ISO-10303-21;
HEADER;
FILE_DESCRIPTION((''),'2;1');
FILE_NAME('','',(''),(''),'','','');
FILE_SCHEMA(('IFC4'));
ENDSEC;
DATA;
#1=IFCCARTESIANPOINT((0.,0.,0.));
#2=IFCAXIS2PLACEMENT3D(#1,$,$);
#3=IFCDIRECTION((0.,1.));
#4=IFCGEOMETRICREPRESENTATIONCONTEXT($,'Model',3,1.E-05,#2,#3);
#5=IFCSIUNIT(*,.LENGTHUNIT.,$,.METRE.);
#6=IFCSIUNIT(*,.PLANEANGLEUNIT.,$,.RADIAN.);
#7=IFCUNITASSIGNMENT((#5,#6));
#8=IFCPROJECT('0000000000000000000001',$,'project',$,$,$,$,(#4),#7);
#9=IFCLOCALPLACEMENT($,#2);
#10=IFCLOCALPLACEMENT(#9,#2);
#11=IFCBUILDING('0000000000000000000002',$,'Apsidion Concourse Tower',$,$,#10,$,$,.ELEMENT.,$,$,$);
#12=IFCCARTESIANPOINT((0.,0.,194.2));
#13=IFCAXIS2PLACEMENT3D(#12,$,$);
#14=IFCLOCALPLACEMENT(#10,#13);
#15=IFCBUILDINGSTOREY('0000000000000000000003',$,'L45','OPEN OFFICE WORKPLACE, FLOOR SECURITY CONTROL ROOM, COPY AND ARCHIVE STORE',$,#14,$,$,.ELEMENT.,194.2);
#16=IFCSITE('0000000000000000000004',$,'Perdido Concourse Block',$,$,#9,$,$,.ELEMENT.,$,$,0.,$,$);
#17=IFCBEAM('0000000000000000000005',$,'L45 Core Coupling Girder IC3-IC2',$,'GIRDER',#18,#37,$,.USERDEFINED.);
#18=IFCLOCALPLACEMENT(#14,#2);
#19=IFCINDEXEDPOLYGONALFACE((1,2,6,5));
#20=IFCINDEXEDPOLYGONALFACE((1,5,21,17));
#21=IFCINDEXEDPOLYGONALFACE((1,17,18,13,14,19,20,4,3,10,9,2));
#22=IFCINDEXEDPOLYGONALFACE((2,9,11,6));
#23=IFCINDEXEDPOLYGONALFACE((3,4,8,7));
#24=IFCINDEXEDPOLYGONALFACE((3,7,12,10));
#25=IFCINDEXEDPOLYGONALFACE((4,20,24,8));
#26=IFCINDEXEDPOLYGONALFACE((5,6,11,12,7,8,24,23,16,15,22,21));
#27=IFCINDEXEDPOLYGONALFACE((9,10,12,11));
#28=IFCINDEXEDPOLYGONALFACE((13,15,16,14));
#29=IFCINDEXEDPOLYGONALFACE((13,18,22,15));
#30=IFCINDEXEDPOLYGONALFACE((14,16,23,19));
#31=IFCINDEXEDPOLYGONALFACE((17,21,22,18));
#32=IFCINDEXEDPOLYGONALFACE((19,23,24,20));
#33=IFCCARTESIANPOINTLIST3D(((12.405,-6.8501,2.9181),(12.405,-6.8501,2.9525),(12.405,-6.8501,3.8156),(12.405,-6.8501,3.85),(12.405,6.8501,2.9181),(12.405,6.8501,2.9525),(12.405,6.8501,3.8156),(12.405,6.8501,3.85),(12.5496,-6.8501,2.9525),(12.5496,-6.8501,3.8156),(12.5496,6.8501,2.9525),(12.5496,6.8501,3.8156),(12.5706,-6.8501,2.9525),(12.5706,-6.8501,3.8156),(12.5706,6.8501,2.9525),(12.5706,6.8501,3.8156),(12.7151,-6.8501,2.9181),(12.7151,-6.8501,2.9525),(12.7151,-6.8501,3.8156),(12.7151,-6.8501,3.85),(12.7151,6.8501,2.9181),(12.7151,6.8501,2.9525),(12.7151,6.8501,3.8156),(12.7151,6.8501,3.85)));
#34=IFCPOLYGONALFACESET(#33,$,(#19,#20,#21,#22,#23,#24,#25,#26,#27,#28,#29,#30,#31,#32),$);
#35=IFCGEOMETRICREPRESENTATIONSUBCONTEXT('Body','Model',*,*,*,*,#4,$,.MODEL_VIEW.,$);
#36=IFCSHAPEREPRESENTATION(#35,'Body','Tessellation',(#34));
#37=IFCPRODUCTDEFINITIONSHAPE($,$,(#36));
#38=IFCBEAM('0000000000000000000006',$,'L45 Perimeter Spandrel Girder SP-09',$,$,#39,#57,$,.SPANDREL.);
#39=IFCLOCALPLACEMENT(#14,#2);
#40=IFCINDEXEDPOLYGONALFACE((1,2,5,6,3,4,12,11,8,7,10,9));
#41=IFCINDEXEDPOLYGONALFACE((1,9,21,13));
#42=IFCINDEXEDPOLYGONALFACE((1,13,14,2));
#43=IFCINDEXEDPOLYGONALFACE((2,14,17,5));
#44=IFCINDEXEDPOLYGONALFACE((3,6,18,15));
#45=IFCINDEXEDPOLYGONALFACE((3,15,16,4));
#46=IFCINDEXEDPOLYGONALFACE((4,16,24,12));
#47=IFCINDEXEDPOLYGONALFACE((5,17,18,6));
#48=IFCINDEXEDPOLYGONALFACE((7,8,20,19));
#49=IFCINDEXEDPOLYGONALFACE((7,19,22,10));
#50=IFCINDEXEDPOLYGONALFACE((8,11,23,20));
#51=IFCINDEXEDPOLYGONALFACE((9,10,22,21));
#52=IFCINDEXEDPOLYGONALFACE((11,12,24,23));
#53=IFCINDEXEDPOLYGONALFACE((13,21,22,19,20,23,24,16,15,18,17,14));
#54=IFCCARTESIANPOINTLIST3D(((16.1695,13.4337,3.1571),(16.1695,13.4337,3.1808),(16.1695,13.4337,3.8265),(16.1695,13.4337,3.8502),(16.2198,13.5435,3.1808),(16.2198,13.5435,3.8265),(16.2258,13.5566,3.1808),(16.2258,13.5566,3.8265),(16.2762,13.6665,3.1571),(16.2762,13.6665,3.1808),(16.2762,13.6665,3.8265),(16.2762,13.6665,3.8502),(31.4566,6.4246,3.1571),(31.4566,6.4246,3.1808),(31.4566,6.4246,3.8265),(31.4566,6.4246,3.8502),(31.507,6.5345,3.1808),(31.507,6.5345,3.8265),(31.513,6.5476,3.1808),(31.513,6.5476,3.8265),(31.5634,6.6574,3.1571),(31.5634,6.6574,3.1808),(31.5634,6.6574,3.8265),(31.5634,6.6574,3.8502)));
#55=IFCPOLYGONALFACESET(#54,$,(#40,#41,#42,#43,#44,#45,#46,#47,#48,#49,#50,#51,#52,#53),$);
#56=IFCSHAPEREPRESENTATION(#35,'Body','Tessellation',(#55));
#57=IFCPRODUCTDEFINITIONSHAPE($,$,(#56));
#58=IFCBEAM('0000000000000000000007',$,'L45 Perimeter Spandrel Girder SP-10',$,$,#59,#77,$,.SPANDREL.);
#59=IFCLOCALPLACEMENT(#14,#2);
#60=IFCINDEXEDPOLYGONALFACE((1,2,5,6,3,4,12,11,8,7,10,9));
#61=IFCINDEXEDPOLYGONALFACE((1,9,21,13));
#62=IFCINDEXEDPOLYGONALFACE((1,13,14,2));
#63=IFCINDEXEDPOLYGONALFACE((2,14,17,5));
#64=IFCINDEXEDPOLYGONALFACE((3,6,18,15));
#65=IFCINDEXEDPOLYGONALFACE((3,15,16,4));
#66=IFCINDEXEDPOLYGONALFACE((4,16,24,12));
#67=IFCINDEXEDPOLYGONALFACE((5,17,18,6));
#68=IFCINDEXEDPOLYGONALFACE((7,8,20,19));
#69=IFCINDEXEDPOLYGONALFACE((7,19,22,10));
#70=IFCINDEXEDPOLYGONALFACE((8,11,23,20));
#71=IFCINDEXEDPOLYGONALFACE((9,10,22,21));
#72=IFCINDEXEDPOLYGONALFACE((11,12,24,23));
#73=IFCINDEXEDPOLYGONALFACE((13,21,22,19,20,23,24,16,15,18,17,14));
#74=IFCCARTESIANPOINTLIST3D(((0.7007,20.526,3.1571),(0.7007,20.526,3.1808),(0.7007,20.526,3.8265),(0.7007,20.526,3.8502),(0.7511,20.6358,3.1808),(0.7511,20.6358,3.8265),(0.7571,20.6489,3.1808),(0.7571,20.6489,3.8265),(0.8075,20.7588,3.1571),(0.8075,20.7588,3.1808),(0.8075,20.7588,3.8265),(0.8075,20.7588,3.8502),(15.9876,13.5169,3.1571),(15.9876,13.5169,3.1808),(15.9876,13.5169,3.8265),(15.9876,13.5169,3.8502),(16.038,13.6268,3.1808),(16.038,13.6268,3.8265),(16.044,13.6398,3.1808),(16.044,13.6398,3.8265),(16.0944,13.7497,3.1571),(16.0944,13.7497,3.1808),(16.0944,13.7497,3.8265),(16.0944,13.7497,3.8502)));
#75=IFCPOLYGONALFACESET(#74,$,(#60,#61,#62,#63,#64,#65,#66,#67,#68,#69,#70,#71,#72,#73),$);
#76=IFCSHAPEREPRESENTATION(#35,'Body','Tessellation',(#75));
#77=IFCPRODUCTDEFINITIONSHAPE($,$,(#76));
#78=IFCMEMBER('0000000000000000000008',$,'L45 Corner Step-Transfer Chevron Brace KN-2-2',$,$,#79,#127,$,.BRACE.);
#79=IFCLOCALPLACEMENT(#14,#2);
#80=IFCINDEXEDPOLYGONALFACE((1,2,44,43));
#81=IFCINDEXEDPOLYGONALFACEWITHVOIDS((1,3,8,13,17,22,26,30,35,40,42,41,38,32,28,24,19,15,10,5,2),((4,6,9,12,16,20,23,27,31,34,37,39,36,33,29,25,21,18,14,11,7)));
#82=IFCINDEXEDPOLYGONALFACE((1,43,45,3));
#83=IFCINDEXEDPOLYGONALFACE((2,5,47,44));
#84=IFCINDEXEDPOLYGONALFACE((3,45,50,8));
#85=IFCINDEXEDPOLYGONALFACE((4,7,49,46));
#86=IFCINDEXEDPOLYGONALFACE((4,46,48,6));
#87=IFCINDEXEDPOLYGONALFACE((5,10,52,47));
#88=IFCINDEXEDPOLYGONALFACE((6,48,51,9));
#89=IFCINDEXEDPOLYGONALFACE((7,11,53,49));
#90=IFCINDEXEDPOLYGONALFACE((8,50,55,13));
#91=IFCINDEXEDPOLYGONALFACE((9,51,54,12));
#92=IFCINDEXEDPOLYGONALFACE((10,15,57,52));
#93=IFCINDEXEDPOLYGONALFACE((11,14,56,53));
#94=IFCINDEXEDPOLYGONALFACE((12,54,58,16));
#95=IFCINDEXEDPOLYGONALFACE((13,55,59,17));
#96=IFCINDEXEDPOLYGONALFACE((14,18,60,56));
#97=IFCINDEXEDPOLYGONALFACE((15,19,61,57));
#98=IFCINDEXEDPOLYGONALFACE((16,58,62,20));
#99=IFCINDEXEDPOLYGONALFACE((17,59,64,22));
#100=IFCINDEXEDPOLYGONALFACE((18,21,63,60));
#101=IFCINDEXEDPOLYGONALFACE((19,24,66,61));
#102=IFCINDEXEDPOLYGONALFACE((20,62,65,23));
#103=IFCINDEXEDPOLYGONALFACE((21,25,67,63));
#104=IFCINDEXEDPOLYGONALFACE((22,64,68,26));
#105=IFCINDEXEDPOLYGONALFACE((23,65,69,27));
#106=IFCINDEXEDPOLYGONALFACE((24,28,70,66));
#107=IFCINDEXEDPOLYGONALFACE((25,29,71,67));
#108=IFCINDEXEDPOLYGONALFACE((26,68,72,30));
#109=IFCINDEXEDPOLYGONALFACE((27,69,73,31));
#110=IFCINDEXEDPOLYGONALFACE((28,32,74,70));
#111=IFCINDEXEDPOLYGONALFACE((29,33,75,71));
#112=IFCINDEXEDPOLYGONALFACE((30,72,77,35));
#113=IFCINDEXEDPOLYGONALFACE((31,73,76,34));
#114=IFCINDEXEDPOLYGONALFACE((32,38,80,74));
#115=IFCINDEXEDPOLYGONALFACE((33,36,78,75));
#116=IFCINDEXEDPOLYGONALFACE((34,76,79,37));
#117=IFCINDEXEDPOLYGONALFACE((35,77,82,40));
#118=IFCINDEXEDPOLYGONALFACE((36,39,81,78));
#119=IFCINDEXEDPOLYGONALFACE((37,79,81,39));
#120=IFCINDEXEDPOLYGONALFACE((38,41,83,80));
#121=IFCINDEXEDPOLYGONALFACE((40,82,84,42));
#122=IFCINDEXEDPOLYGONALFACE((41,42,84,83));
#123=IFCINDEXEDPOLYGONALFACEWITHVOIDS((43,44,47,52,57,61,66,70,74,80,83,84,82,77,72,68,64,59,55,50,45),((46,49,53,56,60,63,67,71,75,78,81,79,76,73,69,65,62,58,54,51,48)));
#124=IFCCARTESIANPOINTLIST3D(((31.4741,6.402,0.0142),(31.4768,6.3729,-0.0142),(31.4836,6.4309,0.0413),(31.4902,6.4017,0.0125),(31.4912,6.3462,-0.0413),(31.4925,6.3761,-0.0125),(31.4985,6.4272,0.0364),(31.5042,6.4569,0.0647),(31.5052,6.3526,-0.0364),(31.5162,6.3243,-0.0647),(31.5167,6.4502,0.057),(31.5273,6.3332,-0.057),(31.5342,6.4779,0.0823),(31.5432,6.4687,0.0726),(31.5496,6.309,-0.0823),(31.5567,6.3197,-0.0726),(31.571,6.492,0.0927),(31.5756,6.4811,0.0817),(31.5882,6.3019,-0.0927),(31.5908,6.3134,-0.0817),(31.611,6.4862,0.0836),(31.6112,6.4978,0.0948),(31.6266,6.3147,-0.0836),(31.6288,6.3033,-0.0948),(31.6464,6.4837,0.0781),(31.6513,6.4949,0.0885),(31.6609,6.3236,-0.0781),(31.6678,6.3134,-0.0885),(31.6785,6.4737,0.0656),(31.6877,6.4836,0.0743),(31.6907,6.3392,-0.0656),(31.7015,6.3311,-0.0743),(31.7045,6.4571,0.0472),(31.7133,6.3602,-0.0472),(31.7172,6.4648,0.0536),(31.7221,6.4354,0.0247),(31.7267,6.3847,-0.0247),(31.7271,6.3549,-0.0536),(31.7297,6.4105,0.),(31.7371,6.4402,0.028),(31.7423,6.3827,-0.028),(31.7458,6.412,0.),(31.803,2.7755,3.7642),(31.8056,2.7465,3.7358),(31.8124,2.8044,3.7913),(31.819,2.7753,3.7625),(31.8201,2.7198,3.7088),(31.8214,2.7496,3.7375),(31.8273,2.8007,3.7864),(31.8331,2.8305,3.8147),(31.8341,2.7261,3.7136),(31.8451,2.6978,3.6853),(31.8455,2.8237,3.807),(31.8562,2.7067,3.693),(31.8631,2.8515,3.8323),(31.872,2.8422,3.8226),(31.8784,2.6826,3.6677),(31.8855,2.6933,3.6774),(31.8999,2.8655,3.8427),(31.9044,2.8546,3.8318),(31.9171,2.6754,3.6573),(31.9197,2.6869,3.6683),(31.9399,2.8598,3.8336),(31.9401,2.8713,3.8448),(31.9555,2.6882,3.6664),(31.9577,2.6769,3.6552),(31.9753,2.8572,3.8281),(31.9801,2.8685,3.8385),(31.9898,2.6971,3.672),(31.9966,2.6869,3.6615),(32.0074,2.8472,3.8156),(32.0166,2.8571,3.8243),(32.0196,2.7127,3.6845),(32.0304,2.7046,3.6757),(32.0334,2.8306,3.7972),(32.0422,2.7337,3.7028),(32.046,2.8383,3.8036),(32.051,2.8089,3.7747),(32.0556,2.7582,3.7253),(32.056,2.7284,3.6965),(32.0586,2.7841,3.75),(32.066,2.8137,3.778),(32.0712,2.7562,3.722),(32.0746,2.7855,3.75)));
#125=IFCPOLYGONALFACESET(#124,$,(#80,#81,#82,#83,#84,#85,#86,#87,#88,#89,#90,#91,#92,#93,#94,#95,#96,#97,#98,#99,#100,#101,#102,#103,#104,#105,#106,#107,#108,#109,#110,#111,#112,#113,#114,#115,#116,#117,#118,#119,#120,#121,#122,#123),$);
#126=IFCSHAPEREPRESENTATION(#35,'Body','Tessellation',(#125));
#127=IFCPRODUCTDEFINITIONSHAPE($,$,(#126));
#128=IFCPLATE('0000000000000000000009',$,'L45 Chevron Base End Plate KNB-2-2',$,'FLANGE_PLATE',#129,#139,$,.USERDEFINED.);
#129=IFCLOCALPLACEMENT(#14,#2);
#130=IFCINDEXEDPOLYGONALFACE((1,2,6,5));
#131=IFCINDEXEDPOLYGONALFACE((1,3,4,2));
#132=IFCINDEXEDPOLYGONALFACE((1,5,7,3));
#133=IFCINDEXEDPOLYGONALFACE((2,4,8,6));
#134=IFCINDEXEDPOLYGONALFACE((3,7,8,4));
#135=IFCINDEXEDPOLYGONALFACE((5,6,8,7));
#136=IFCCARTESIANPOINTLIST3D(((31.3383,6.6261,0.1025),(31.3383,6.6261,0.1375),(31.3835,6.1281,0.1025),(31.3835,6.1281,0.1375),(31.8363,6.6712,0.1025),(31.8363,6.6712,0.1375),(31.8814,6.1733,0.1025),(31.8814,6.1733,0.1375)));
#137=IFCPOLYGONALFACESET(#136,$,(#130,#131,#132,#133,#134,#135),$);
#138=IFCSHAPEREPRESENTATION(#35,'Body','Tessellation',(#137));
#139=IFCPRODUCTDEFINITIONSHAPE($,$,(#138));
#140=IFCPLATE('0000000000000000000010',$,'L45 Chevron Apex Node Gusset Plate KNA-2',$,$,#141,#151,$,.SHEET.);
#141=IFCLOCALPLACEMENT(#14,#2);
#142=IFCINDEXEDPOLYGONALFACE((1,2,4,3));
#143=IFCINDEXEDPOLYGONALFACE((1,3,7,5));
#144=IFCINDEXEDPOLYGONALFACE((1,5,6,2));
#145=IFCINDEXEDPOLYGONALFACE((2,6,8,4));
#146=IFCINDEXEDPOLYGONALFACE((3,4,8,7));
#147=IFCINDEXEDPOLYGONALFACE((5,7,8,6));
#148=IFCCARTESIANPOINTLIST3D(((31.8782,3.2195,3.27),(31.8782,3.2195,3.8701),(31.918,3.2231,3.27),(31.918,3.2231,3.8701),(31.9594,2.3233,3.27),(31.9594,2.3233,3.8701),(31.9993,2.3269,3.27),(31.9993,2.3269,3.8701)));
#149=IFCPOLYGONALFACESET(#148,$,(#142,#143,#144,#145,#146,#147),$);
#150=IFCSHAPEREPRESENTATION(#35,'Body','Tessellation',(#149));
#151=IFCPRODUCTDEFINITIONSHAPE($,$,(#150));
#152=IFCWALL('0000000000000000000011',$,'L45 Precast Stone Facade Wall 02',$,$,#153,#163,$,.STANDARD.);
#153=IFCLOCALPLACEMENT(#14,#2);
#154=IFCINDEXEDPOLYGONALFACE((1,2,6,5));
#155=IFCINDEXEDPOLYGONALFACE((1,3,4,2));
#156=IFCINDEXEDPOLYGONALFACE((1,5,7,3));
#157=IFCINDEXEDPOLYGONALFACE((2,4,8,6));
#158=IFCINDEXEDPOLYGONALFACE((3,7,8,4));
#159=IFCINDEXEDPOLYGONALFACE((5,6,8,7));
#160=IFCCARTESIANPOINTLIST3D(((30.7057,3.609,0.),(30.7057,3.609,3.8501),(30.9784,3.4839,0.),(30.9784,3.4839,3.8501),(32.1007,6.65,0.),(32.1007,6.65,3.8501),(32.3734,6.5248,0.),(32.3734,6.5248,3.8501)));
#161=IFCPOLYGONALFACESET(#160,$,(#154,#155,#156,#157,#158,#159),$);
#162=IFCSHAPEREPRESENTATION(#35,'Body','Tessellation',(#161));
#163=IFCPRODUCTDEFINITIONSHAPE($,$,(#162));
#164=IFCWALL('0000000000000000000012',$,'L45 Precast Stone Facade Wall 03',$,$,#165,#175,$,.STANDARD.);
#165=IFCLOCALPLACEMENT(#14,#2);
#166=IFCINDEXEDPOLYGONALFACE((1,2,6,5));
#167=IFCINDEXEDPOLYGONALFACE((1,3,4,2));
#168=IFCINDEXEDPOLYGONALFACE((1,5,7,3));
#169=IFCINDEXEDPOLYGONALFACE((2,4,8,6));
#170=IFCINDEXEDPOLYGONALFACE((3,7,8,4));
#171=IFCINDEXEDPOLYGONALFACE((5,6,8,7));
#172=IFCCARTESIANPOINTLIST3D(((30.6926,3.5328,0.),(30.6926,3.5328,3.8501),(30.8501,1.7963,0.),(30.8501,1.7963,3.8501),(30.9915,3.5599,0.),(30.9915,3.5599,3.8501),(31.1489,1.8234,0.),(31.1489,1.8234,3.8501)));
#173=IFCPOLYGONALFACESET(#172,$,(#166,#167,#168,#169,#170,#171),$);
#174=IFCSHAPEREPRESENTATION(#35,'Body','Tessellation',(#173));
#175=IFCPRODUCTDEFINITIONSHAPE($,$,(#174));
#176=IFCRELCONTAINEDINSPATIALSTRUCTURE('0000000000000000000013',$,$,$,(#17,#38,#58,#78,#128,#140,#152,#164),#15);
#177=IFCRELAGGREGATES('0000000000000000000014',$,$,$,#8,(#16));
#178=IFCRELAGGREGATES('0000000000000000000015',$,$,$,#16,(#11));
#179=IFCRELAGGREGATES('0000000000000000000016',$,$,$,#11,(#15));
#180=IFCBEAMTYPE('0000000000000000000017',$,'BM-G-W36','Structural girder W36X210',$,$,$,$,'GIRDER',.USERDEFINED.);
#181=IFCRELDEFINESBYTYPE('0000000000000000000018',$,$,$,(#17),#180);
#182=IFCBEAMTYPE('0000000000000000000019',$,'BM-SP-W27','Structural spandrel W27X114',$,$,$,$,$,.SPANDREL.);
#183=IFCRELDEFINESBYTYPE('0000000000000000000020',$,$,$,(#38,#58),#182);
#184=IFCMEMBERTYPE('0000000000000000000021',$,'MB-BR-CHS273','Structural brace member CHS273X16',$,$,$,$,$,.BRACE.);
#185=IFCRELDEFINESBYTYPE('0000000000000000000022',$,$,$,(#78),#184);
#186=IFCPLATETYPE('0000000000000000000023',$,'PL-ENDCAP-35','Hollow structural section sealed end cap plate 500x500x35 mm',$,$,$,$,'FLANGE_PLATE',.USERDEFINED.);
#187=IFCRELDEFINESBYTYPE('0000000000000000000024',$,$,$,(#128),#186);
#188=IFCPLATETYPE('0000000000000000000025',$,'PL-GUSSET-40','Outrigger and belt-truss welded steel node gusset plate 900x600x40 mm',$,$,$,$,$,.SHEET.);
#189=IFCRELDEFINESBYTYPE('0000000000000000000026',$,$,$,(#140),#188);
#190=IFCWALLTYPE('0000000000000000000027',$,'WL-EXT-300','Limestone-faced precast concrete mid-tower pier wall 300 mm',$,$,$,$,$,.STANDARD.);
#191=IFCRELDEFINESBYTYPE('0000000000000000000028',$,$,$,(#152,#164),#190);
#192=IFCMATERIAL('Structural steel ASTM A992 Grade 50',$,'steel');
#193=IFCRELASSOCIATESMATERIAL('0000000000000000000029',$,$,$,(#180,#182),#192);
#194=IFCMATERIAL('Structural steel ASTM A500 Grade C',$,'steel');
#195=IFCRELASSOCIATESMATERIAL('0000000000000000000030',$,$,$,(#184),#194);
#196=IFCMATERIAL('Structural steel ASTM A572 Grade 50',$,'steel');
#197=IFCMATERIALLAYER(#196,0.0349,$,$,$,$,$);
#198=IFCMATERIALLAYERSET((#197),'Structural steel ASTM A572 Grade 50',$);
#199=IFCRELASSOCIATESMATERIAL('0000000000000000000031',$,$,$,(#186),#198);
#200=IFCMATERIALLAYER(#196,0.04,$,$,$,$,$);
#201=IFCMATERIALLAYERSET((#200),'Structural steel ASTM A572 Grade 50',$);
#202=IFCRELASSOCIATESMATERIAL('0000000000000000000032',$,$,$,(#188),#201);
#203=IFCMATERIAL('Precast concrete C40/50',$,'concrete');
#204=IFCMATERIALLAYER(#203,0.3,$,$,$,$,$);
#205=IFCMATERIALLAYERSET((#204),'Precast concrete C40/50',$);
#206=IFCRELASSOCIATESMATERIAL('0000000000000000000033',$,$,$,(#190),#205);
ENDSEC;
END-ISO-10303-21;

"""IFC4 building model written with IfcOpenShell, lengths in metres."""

from ifc_helpers import new_model, si_unit, direction, frame, frame_2d, origin, origin_2d, place, context, subcontext, project, spatial, rectangle, hollow_circle, i_section, extrude, material, layer, layer_set, material_profile, profile_set, type_object, element, save


model = new_model("IFC4")

# Units and contexts
model_context = context("Model", 3, precision=1e-05, world=origin(), true_north=direction((0.0, 1.0)))
body_context = subcontext(model_context, "Body", "Model", "MODEL_VIEW")
ifc_project = project(units=[si_unit("LENGTHUNIT", "METRE"), si_unit("PLANEANGLEUNIT", "RADIAN")], contexts=[model_context])

# Site, building, storey
site_placement = place(None, origin())
site = spatial("IfcSite", under=ifc_project, at=site_placement, Name="Perdido Concourse Block", CompositionType="ELEMENT", RefElevation=0.0)
building_placement = place(site_placement, origin())
building = spatial("IfcBuilding", under=site, at=building_placement, Name="Apsidion Concourse Tower", CompositionType="ELEMENT")
storey_placement = place(building_placement, frame((0.0, 0.0, 194.2)))
storey = spatial("IfcBuildingStorey", under=building, at=storey_placement, Name="L45", Description="OPEN OFFICE WORKPLACE, FLOOR SECURITY CONTROL ROOM, COPY AND ARCHIVE STORE", CompositionType="ELEMENT", Elevation=194.2)

# Shared definitions
ifc_material_1 = material(Name="Structural steel ASTM A992 Grade 50", Category="steel")

# Beams
ifc_material_profile_1 = material_profile(ifc_material_1, i_section(OverallWidth=0.3101, OverallDepth=0.9319, WebThickness=0.021, FlangeThickness=0.0344, at=origin_2d()), Name="W36X210")
ifc_profile_set_1 = profile_set([ifc_material_profile_1], Name="Structural steel ASTM A992 Grade 50")
beam_type_1 = type_object("IfcBeamType", Name="BM-G-W36", Description="Structural girder W36X210", ElementType="GIRDER", PredefinedType="USERDEFINED", material=ifc_profile_set_1)
beam_1_placement = place(storey_placement, frame((12.5601, 6.8501, 3.384), z_axis=(0.0, -1.0, 0.0), x_axis=(1.0, 0.0, 0.0)))
element("IfcBeam", 1, at=beam_1_placement, inside=storey, type_object=beam_type_1, Name="L45 Core Coupling Girder IC3-IC2", ObjectType="GIRDER", PredefinedType="USERDEFINED", context=body_context, shape_type="SweptSolid", body=[
    extrude(i_section(OverallWidth=0.3101, OverallDepth=0.9319, WebThickness=0.021, FlangeThickness=0.0344, at=origin_2d()), origin(), (0.0, 0.0, 1.0), 13.7002),
])
ifc_material_profile_2 = material_profile(ifc_material_1, i_section(OverallWidth=0.2561, OverallDepth=0.6931, WebThickness=0.0144, FlangeThickness=0.0237, at=origin_2d()), Name="W27X114")
ifc_profile_set_2 = profile_set([ifc_material_profile_2], Name="Structural steel ASTM A992 Grade 50")
beam_type_2 = type_object("IfcBeamType", Name="BM-SP-W27", Description="Structural spandrel W27X114", PredefinedType="SPANDREL", material=ifc_profile_set_2)
beam_2_placement = place(storey_placement, frame((31.51, 6.541, 3.5037), z_axis=(-0.90901, 0.416775, 0.0), x_axis=(-0.416775, -0.90901, 0.0)))
element("IfcBeam", 2, at=beam_2_placement, inside=storey, type_object=beam_type_2, Name="L45 Perimeter Spandrel Girder SP-09", PredefinedType="SPANDREL", context=body_context, shape_type="SweptSolid", body=[
    extrude(i_section(OverallWidth=0.2561, OverallDepth=0.6931, WebThickness=0.0144, FlangeThickness=0.0237, at=origin_2d()), origin(), (0.0, 0.0, 1.0), 16.8174),
])
beam_3_placement = place(storey_placement, frame((16.041, 13.6333, 3.5037), z_axis=(-0.909007, 0.41678, 0.0), x_axis=(-0.41678, -0.909007, 0.0)))
element("IfcBeam", 3, at=beam_3_placement, inside=storey, type_object=beam_type_2, Name="L45 Perimeter Spandrel Girder SP-10", PredefinedType="SPANDREL", context=body_context, shape_type="SweptSolid", body=[
    extrude(i_section(OverallWidth=0.2561, OverallDepth=0.6931, WebThickness=0.0144, FlangeThickness=0.0237, at=origin_2d()), origin(), (0.0, 0.0, 1.0), 16.8171),
])

# Member
ifc_material_2 = material(Name="Structural steel ASTM A500 Grade C", Category="steel")
ifc_material_profile_3 = material_profile(ifc_material_2, hollow_circle(Radius=0.1365, WallThickness=0.0161, at=origin_2d()), Name="CHS273X16")
ifc_profile_set_3 = profile_set([ifc_material_profile_3], Name="Structural steel ASTM A500 Grade C")
member_type = type_object("IfcMemberType", Name="MB-BR-CHS273", Description="Structural brace member CHS273X16", PredefinedType="BRACE", material=ifc_profile_set_3)
member_placement = place(storey_placement, frame((31.6099, 6.3997, 0.0), z_axis=(0.062915, -0.69379, 0.717424), x_axis=(0.995914, 0.090312, 0.0)))
element("IfcMember", 4, at=member_placement, inside=storey, type_object=member_type, Name="L45 Corner Step-Transfer Chevron Brace KN-2-2", PredefinedType="BRACE", context=body_context, shape_type="SweptSolid", body=[
    extrude(hollow_circle(Radius=0.1365, WallThickness=0.0161, at=origin_2d()), origin(), (0.0, 0.0, 1.0), 5.2271),
])

# Plates
ifc_material_3 = material(Name="Structural steel ASTM A572 Grade 50", Category="steel")
ifc_layer_1 = layer(ifc_material_3, 0.0349)
ifc_layer_set_1 = layer_set([ifc_layer_1], Name="Structural steel ASTM A572 Grade 50")
plate_type_1 = type_object("IfcPlateType", Name="PL-ENDCAP-35", Description="Hollow structural section sealed end cap plate 500x500x35 mm", ElementType="FLANGE_PLATE", PredefinedType="USERDEFINED", material=ifc_layer_set_1)
plate_1_placement = place(storey_placement, frame((31.6099, 6.3997, 0.1025), z_axis=(0.0, 0.0, 1.0), x_axis=(-0.090285, 0.995916, 0.0)))
element("IfcPlate", 5, at=plate_1_placement, inside=storey, type_object=plate_type_1, Name="L45 Chevron Base End Plate KNB-2-2", ObjectType="FLANGE_PLATE", PredefinedType="USERDEFINED", context=body_context, shape_type="SweptSolid", body=[
    extrude(rectangle(XDim=0.5, YDim=0.5, at=origin_2d()), origin(), (0.0, 0.0, 1.0), 0.0349),
])
ifc_layer_2 = layer(ifc_material_3, 0.04)
ifc_layer_set_2 = layer_set([ifc_layer_2], Name="Structural steel ASTM A572 Grade 50")
plate_type_2 = type_object("IfcPlateType", Name="PL-GUSSET-40", Description="Outrigger and belt-truss welded steel node gusset plate 900x600x40 mm", PredefinedType="SHEET", material=ifc_layer_set_2)
plate_2_placement = place(storey_placement, frame((31.9387, 2.7732, 3.27), z_axis=(0.0, 0.0, 1.0), x_axis=(-0.090285, 0.995916, 0.0)))
element("IfcPlate", 6, at=plate_2_placement, inside=storey, type_object=plate_type_2, Name="L45 Chevron Apex Node Gusset Plate KNA-2", PredefinedType="SHEET", context=body_context, shape_type="SweptSolid", body=[
    extrude(rectangle(XDim=0.8999, YDim=0.04, at=origin_2d()), origin(), (0.0, 0.0, 1.0), 0.6001),
])

# Walls
ifc_material_4 = material(Name="Precast concrete C40/50", Category="concrete")
ifc_layer_3 = layer(ifc_material_4, 0.3)
ifc_layer_set_3 = layer_set([ifc_layer_3], Name="Precast concrete C40/50")
wall_type_1 = type_object("IfcWallType", Name="WL-EXT-300", Description="Limestone-faced precast concrete mid-tower pier wall 300 mm", PredefinedType="STANDARD", material=ifc_layer_set_3)
wall_1_placement = place(storey_placement, frame((32.2371, 6.5874, 0.0), z_axis=(0.0, 0.0, 1.0), x_axis=(-0.416956, -0.908927, 0.0)))
element("IfcWall", 7, at=wall_1_placement, inside=storey, type_object=wall_type_1, Name="L45 Precast Stone Facade Wall 02", PredefinedType="STANDARD", context=body_context, shape_type="SweptSolid", body=[
    extrude(rectangle(XDim=3.3457, YDim=0.3, at=frame_2d((1.6729, 0.0))), origin(), (0.0, 0.0, 1.0), 3.8501),
])
wall_2_placement = place(storey_placement, frame((30.842, 3.5464, 0.0), z_axis=(0.0, 0.0, 1.0), x_axis=(0.090309, -0.995914, 0.0)))
element("IfcWall", 8, at=wall_2_placement, inside=storey, type_object=wall_type_1, Name="L45 Precast Stone Facade Wall 03", PredefinedType="STANDARD", context=body_context, shape_type="SweptSolid", body=[
    extrude(rectangle(XDim=1.7437, YDim=0.3, at=frame_2d((0.8718, 0.0))), origin(), (0.0, 0.0, 1.0), 3.8501),
])

save(model, "model.ifc")
